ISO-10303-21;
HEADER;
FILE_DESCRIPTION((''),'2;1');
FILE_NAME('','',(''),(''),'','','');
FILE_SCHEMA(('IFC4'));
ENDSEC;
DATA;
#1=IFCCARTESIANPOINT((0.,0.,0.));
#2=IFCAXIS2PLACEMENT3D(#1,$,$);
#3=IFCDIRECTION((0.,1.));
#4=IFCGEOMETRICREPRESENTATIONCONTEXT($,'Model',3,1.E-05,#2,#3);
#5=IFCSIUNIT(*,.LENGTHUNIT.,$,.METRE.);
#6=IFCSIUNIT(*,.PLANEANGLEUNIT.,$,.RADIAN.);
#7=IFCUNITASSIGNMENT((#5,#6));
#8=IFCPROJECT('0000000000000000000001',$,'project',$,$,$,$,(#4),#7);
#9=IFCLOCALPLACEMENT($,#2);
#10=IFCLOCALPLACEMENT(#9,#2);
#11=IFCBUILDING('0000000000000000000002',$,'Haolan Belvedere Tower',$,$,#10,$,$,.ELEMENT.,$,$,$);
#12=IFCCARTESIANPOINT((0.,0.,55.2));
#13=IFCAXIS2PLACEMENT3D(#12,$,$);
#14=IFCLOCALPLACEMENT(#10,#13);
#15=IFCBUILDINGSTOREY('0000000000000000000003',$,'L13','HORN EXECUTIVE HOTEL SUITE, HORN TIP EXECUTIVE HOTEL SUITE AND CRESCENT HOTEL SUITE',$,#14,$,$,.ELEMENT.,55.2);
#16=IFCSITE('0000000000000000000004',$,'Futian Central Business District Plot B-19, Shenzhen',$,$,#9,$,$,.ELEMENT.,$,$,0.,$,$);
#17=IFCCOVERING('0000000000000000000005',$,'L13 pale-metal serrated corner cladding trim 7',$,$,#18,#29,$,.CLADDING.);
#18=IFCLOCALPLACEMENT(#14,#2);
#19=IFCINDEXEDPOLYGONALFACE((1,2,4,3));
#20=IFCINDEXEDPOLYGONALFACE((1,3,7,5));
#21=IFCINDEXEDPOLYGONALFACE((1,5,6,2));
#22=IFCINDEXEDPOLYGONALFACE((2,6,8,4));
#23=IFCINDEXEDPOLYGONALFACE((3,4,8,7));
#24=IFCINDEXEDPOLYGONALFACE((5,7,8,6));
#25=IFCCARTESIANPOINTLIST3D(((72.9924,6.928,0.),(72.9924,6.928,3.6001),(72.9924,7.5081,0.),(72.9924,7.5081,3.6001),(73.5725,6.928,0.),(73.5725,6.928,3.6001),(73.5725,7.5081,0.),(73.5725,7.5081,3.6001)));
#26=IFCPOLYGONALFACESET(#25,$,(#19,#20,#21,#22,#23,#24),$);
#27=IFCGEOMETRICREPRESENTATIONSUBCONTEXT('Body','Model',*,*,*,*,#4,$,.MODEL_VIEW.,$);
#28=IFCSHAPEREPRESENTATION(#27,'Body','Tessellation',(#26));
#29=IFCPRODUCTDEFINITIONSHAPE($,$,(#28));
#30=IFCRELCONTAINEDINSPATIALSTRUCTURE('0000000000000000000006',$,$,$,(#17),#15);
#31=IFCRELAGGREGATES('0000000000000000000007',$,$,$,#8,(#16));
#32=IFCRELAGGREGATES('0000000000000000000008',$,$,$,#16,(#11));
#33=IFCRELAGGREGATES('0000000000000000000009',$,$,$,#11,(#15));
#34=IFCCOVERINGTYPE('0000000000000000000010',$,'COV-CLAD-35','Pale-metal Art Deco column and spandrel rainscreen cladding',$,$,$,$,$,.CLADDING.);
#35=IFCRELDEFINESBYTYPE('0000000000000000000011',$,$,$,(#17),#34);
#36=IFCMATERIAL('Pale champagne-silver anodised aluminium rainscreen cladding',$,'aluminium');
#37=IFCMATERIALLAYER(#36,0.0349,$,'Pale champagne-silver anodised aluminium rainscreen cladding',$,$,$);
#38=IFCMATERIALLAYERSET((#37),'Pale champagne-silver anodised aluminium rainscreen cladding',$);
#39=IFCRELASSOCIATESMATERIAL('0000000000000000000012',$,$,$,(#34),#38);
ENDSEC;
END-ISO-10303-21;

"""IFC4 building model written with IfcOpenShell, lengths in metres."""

from ifc_helpers import new_model, si_unit, direction, frame, origin, origin_2d, place, context, subcontext, project, spatial, rectangle, extrude, material, layer, layer_set, type_object, element, save


model = new_model("IFC4")

# Units and contexts
model_context = context("Model", 3, precision=1e-05, world=origin(), true_north=direction((0.0, 1.0)))
body_context = subcontext(model_context, "Body", "Model", "MODEL_VIEW")
ifc_project = project(units=[si_unit("LENGTHUNIT", "METRE"), si_unit("PLANEANGLEUNIT", "RADIAN")], contexts=[model_context])

# Site, building, storey
site_placement = place(None, origin())
site = spatial("IfcSite", under=ifc_project, at=site_placement, Name="Futian Central Business District Plot B-19, Shenzhen", CompositionType="ELEMENT", RefElevation=0.0)
building_placement = place(site_placement, origin())
building = spatial("IfcBuilding", under=site, at=building_placement, Name="Haolan Belvedere Tower", CompositionType="ELEMENT")
storey_placement = place(building_placement, frame((0.0, 0.0, 55.2)))
storey = spatial("IfcBuildingStorey", under=building, at=storey_placement, Name="L13", Description="HORN EXECUTIVE HOTEL SUITE, HORN TIP EXECUTIVE HOTEL SUITE AND CRESCENT HOTEL SUITE", CompositionType="ELEMENT", Elevation=55.2)

# Covering
ifc_material_1 = material(Name="Pale champagne-silver anodised aluminium rainscreen cladding", Category="aluminium")
ifc_layer_1 = layer(ifc_material_1, 0.0349, Name="Pale champagne-silver anodised aluminium rainscreen cladding")
ifc_layer_set_1 = layer_set([ifc_layer_1], Name="Pale champagne-silver anodised aluminium rainscreen cladding")
covering_type = type_object("IfcCoveringType", Name="COV-CLAD-35", Description="Pale-metal Art Deco column and spandrel rainscreen cladding", PredefinedType="CLADDING", material=ifc_layer_set_1)
for number, where, z_axis, x_axis, name in (
    (1, (73.2825, 7.218, 0.0), (0.0, 0.0, 1.0), (1.0, 0.0, 0.0), "L13 pale-metal serrated corner cladding trim 7"),
):
    element("IfcCovering", number, at=place(storey_placement, frame(where, z_axis=z_axis, x_axis=x_axis)), inside=storey, type_object=covering_type, Name=name, PredefinedType="CLADDING", context=body_context, shape_type="SweptSolid", body=[
        extrude(rectangle(XDim=0.5801, YDim=0.5801, at=origin_2d()), origin(), (0.0, 0.0, 1.0), 3.6001),
    ])

save(model, "model.ifc")
